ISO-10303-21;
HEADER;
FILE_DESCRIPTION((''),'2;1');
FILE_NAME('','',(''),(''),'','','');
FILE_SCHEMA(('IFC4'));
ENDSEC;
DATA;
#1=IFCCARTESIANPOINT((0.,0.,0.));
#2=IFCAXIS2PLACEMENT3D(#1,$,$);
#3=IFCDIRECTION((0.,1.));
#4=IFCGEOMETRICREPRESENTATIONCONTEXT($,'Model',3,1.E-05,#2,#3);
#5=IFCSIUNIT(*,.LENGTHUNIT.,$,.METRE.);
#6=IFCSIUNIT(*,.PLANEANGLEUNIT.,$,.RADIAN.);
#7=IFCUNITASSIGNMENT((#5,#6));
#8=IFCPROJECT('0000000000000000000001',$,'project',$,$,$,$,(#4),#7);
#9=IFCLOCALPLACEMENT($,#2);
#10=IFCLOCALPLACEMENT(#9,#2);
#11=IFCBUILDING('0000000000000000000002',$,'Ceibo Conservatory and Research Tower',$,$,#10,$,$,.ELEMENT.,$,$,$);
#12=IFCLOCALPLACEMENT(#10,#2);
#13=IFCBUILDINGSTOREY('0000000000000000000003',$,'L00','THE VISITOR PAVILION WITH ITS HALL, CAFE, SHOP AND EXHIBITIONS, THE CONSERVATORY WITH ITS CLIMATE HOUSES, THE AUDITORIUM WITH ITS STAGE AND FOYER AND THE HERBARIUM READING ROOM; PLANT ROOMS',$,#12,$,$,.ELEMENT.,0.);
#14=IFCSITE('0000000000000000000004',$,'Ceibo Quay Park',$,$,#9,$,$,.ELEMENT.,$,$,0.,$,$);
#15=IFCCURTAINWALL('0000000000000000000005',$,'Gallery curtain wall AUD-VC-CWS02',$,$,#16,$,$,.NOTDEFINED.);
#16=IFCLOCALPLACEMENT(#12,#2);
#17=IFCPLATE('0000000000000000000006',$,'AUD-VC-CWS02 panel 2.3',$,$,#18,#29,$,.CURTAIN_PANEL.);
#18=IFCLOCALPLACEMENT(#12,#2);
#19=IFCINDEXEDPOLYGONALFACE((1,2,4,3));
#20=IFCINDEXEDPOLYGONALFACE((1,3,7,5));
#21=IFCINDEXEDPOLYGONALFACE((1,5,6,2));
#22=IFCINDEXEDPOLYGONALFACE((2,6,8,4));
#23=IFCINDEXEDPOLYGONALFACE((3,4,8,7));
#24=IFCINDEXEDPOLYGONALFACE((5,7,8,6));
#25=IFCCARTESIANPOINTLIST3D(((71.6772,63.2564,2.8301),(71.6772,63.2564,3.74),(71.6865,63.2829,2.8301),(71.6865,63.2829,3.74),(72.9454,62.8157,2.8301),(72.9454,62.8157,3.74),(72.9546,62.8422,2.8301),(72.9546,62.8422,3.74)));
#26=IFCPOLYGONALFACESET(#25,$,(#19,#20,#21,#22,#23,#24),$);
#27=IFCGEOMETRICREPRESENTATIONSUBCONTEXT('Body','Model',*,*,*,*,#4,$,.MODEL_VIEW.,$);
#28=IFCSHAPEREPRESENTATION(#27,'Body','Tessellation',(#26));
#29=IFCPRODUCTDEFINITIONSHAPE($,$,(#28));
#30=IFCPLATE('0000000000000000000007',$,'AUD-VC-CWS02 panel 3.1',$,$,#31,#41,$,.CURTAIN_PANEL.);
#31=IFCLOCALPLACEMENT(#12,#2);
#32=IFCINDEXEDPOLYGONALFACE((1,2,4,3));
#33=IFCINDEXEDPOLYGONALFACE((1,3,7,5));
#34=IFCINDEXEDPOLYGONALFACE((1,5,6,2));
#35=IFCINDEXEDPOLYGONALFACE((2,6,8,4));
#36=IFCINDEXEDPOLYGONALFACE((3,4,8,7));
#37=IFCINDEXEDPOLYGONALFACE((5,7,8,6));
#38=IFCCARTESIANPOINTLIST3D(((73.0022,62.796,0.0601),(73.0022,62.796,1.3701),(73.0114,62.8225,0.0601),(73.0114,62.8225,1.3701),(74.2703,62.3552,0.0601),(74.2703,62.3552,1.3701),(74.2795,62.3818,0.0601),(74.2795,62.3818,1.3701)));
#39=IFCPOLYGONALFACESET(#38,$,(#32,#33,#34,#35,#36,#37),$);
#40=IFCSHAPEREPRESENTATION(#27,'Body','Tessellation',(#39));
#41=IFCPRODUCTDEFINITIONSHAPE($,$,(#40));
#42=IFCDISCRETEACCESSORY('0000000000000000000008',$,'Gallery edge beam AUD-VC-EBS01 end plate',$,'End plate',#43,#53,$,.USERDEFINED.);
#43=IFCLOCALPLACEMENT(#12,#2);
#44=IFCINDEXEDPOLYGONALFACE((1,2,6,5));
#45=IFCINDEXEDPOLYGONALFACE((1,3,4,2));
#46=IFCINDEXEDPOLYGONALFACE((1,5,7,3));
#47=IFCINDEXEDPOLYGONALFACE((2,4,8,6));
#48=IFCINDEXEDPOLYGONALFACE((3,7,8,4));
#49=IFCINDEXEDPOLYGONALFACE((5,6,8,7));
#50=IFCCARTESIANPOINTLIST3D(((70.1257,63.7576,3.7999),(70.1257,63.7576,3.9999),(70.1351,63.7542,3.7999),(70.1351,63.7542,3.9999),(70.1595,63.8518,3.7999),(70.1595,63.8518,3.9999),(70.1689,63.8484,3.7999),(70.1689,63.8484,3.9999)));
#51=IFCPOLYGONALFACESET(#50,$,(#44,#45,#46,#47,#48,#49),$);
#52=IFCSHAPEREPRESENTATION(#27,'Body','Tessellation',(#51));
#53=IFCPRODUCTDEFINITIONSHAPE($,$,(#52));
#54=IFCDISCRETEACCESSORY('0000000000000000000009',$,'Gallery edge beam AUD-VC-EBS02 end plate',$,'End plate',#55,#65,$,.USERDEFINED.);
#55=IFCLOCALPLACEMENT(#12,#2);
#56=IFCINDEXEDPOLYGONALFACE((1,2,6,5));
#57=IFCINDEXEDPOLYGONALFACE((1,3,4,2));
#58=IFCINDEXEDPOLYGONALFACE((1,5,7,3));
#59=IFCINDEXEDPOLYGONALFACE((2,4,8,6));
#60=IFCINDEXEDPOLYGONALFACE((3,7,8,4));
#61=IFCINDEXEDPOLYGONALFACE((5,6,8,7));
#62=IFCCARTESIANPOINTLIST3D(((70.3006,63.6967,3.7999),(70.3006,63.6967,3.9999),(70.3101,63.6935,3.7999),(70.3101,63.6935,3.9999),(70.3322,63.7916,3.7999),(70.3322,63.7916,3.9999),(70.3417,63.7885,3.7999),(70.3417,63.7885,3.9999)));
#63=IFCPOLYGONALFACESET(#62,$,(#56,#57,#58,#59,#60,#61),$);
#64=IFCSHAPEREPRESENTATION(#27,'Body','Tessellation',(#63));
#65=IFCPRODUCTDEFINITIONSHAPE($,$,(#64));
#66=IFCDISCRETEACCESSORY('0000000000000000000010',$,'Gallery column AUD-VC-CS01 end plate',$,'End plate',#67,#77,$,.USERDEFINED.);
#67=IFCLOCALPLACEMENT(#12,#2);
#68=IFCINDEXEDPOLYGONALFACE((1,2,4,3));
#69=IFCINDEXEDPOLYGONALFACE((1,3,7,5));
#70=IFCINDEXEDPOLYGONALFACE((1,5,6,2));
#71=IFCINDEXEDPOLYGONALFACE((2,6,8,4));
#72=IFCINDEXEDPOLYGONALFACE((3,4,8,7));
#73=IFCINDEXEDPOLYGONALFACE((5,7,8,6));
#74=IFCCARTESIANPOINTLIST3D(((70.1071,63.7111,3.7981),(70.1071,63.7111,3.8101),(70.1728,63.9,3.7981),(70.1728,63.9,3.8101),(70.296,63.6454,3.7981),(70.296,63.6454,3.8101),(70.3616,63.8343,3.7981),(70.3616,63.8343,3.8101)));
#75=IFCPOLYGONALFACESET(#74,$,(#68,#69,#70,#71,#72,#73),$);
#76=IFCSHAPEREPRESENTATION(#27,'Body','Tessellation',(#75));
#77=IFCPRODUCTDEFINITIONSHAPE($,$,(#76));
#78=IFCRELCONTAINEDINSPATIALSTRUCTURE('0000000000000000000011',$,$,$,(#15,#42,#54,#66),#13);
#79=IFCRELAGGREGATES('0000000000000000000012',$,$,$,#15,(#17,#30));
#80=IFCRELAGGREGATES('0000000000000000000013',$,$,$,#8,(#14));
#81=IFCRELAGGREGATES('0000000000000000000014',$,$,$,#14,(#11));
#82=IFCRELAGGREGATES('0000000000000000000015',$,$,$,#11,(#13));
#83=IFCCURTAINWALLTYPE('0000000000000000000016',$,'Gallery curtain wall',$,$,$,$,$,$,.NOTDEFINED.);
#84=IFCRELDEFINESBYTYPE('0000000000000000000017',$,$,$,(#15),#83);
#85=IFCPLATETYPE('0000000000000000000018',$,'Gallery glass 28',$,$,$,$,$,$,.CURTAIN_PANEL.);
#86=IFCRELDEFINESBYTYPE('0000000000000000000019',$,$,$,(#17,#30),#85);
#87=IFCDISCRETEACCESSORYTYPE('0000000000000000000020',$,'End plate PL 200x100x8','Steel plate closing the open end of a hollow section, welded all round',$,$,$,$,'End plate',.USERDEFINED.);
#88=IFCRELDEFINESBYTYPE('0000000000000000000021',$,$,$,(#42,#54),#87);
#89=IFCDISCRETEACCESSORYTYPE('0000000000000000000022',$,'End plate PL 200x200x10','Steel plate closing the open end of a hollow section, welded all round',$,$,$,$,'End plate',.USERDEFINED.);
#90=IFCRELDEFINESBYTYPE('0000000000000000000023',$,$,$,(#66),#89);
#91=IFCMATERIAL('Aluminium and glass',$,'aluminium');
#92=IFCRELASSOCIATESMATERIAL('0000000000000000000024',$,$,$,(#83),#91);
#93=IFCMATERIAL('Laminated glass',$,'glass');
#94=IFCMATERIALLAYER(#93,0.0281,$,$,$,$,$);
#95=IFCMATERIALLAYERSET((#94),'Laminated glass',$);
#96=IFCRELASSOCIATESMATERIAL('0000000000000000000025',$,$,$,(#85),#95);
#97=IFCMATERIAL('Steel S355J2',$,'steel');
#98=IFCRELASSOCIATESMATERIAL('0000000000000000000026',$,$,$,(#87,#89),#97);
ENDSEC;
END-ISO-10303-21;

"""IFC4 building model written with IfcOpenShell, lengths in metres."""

from ifc_helpers import new_model, si_unit, direction, frame, origin, origin_2d, place, context, subcontext, project, spatial, rectangle, extrude, material, layer, layer_set, material_profile, profile_set, type_object, element, aggregate, save


model = new_model("IFC4")

# Units and contexts
model_context = context("Model", 3, precision=1e-05, world=origin(), true_north=direction((0.0, 1.0)))
body_context = subcontext(model_context, "Body", "Model", "MODEL_VIEW")
ifc_project = project(units=[si_unit("LENGTHUNIT", "METRE"), si_unit("PLANEANGLEUNIT", "RADIAN")], contexts=[model_context])

# Site, building, storey
site_placement = place(None, origin())
site = spatial("IfcSite", under=ifc_project, at=site_placement, Name="Ceibo Quay Park", CompositionType="ELEMENT", RefElevation=0.0)
building_placement = place(site_placement, origin())
building = spatial("IfcBuilding", under=site, at=building_placement, Name="Ceibo Conservatory and Research Tower", CompositionType="ELEMENT")
storey_placement = place(building_placement, origin())
storey = spatial("IfcBuildingStorey", under=building, at=storey_placement, Name="L00", Description="THE VISITOR PAVILION WITH ITS HALL, CAFE, SHOP AND EXHIBITIONS, THE CONSERVATORY WITH ITS CLIMATE HOUSES, THE AUDITORIUM WITH ITS STAGE AND FOYER AND THE HERBARIUM READING ROOM; PLANT ROOMS", CompositionType="ELEMENT", Elevation=0.0)

# Shared definitions
ifc_material_1 = material(Name="Aluminium and glass", Category="aluminium")
curtain_wall_type = type_object("IfcCurtainWallType", Name="Gallery curtain wall", PredefinedType="NOTDEFINED", material=ifc_material_1)

# Curtain wall
curtain_wall_1_placement = place(storey_placement, origin())
curtain_wall_1 = element("IfcCurtainWall", 1, at=curtain_wall_1_placement, inside=storey, type_object=curtain_wall_type, Name="Gallery curtain wall AUD-VC-CWS02", PredefinedType="NOTDEFINED")

# Plates
ifc_material_2 = material(Name="Laminated glass", Category="glass")
ifc_layer = layer(ifc_material_2, 0.0281)
ifc_layer_set = layer_set([ifc_layer], Name="Laminated glass")
plate_type = type_object("IfcPlateType", Name="Gallery glass 28", PredefinedType="CURTAIN_PANEL", material=ifc_layer_set)
plate_1_placement = place(storey_placement, frame((72.3159, 63.0493, 2.8301), z_axis=(0.0, 0.0, 1.0), x_axis=(0.944579, -0.328284, 0.0)))
plate_1 = element("IfcPlate", 2, at=plate_1_placement, type_object=plate_type, Name="AUD-VC-CWS02 panel 2.3", PredefinedType="CURTAIN_PANEL", context=body_context, shape_type="SweptSolid", body=[
    extrude(rectangle(XDim=1.3425, YDim=0.0281, at=origin_2d()), origin(), (0.0, 0.0, 1.0), 0.9099),
])
plate_2_placement = place(storey_placement, frame((73.6409, 62.5889, 0.0601), z_axis=(0.0, 0.0, 1.0), x_axis=(0.944579, -0.328284, 0.0)))
plate_2 = element("IfcPlate", 3, at=plate_2_placement, type_object=plate_type, Name="AUD-VC-CWS02 panel 3.1", PredefinedType="CURTAIN_PANEL", context=body_context, shape_type="SweptSolid", body=[
    extrude(rectangle(XDim=1.3425, YDim=0.0281, at=origin_2d()), origin(), (0.0, 0.0, 1.0), 1.3101),
])
aggregate(curtain_wall_1, [plate_1, plate_2])

# Discrete accessories
ifc_material_3 = material(Name="Steel S355J2", Category="steel")
ifc_material_profile_1 = material_profile(ifc_material_3, rectangle(XDim=0.1001, YDim=0.2, at=origin_2d()), Name="End plate PL 200x100x8")
ifc_profile_set_1 = profile_set([ifc_material_profile_1], Name="Steel S355J2")
discrete_accessory_type_1 = type_object("IfcDiscreteAccessoryType", Name="End plate PL 200x100x8", Description="Steel plate closing the open end of a hollow section, welded all round", ElementType="End plate", PredefinedType="USERDEFINED", material=ifc_profile_set_1)
for number, where, z_axis, x_axis, name in (
    (4, (70.1426, 63.8047, 3.8999), (0.941195, -0.337865, 0.0), (0.337865, 0.941195, 0.0), "Gallery edge beam AUD-VC-EBS01 end plate"),
    (5, (70.3164, 63.7441, 3.8999), (0.948683, -0.316228, 0.0), (0.316228, 0.948683, 0.0), "Gallery edge beam AUD-VC-EBS02 end plate"),
):
    element("IfcDiscreteAccessory", number, at=place(storey_placement, frame(where, z_axis=z_axis, x_axis=x_axis)), inside=storey, type_object=discrete_accessory_type_1, Name=name, ObjectType="End plate", PredefinedType="USERDEFINED", context=body_context, shape_type="SweptSolid", body=[
        extrude(rectangle(XDim=0.1001, YDim=0.2, at=origin_2d()), origin(), (0.0, 0.0, 1.0), 0.01),
    ])
ifc_material_profile_2 = material_profile(ifc_material_3, rectangle(XDim=0.2, YDim=0.2, at=origin_2d()), Name="End plate PL 200x200x10")
ifc_profile_set_2 = profile_set([ifc_material_profile_2], Name="Steel S355J2")
discrete_accessory_type_2 = type_object("IfcDiscreteAccessoryType", Name="End plate PL 200x200x10", Description="Steel plate closing the open end of a hollow section, welded all round", ElementType="End plate", PredefinedType="USERDEFINED", material=ifc_profile_set_2)
discrete_accessory_placement = place(storey_placement, frame((70.2344, 63.7727, 3.7981), z_axis=(0.0, 0.0, 1.0), x_axis=(0.944579, -0.328284, 0.0)))
element("IfcDiscreteAccessory", 6, at=discrete_accessory_placement, inside=storey, type_object=discrete_accessory_type_2, Name="Gallery column AUD-VC-CS01 end plate", ObjectType="End plate", PredefinedType="USERDEFINED", context=body_context, shape_type="SweptSolid", body=[
    extrude(rectangle(XDim=0.2, YDim=0.2, at=origin_2d()), origin(), (0.0, 0.0, 1.0), 0.012),
])

save(model, "model.ifc")
